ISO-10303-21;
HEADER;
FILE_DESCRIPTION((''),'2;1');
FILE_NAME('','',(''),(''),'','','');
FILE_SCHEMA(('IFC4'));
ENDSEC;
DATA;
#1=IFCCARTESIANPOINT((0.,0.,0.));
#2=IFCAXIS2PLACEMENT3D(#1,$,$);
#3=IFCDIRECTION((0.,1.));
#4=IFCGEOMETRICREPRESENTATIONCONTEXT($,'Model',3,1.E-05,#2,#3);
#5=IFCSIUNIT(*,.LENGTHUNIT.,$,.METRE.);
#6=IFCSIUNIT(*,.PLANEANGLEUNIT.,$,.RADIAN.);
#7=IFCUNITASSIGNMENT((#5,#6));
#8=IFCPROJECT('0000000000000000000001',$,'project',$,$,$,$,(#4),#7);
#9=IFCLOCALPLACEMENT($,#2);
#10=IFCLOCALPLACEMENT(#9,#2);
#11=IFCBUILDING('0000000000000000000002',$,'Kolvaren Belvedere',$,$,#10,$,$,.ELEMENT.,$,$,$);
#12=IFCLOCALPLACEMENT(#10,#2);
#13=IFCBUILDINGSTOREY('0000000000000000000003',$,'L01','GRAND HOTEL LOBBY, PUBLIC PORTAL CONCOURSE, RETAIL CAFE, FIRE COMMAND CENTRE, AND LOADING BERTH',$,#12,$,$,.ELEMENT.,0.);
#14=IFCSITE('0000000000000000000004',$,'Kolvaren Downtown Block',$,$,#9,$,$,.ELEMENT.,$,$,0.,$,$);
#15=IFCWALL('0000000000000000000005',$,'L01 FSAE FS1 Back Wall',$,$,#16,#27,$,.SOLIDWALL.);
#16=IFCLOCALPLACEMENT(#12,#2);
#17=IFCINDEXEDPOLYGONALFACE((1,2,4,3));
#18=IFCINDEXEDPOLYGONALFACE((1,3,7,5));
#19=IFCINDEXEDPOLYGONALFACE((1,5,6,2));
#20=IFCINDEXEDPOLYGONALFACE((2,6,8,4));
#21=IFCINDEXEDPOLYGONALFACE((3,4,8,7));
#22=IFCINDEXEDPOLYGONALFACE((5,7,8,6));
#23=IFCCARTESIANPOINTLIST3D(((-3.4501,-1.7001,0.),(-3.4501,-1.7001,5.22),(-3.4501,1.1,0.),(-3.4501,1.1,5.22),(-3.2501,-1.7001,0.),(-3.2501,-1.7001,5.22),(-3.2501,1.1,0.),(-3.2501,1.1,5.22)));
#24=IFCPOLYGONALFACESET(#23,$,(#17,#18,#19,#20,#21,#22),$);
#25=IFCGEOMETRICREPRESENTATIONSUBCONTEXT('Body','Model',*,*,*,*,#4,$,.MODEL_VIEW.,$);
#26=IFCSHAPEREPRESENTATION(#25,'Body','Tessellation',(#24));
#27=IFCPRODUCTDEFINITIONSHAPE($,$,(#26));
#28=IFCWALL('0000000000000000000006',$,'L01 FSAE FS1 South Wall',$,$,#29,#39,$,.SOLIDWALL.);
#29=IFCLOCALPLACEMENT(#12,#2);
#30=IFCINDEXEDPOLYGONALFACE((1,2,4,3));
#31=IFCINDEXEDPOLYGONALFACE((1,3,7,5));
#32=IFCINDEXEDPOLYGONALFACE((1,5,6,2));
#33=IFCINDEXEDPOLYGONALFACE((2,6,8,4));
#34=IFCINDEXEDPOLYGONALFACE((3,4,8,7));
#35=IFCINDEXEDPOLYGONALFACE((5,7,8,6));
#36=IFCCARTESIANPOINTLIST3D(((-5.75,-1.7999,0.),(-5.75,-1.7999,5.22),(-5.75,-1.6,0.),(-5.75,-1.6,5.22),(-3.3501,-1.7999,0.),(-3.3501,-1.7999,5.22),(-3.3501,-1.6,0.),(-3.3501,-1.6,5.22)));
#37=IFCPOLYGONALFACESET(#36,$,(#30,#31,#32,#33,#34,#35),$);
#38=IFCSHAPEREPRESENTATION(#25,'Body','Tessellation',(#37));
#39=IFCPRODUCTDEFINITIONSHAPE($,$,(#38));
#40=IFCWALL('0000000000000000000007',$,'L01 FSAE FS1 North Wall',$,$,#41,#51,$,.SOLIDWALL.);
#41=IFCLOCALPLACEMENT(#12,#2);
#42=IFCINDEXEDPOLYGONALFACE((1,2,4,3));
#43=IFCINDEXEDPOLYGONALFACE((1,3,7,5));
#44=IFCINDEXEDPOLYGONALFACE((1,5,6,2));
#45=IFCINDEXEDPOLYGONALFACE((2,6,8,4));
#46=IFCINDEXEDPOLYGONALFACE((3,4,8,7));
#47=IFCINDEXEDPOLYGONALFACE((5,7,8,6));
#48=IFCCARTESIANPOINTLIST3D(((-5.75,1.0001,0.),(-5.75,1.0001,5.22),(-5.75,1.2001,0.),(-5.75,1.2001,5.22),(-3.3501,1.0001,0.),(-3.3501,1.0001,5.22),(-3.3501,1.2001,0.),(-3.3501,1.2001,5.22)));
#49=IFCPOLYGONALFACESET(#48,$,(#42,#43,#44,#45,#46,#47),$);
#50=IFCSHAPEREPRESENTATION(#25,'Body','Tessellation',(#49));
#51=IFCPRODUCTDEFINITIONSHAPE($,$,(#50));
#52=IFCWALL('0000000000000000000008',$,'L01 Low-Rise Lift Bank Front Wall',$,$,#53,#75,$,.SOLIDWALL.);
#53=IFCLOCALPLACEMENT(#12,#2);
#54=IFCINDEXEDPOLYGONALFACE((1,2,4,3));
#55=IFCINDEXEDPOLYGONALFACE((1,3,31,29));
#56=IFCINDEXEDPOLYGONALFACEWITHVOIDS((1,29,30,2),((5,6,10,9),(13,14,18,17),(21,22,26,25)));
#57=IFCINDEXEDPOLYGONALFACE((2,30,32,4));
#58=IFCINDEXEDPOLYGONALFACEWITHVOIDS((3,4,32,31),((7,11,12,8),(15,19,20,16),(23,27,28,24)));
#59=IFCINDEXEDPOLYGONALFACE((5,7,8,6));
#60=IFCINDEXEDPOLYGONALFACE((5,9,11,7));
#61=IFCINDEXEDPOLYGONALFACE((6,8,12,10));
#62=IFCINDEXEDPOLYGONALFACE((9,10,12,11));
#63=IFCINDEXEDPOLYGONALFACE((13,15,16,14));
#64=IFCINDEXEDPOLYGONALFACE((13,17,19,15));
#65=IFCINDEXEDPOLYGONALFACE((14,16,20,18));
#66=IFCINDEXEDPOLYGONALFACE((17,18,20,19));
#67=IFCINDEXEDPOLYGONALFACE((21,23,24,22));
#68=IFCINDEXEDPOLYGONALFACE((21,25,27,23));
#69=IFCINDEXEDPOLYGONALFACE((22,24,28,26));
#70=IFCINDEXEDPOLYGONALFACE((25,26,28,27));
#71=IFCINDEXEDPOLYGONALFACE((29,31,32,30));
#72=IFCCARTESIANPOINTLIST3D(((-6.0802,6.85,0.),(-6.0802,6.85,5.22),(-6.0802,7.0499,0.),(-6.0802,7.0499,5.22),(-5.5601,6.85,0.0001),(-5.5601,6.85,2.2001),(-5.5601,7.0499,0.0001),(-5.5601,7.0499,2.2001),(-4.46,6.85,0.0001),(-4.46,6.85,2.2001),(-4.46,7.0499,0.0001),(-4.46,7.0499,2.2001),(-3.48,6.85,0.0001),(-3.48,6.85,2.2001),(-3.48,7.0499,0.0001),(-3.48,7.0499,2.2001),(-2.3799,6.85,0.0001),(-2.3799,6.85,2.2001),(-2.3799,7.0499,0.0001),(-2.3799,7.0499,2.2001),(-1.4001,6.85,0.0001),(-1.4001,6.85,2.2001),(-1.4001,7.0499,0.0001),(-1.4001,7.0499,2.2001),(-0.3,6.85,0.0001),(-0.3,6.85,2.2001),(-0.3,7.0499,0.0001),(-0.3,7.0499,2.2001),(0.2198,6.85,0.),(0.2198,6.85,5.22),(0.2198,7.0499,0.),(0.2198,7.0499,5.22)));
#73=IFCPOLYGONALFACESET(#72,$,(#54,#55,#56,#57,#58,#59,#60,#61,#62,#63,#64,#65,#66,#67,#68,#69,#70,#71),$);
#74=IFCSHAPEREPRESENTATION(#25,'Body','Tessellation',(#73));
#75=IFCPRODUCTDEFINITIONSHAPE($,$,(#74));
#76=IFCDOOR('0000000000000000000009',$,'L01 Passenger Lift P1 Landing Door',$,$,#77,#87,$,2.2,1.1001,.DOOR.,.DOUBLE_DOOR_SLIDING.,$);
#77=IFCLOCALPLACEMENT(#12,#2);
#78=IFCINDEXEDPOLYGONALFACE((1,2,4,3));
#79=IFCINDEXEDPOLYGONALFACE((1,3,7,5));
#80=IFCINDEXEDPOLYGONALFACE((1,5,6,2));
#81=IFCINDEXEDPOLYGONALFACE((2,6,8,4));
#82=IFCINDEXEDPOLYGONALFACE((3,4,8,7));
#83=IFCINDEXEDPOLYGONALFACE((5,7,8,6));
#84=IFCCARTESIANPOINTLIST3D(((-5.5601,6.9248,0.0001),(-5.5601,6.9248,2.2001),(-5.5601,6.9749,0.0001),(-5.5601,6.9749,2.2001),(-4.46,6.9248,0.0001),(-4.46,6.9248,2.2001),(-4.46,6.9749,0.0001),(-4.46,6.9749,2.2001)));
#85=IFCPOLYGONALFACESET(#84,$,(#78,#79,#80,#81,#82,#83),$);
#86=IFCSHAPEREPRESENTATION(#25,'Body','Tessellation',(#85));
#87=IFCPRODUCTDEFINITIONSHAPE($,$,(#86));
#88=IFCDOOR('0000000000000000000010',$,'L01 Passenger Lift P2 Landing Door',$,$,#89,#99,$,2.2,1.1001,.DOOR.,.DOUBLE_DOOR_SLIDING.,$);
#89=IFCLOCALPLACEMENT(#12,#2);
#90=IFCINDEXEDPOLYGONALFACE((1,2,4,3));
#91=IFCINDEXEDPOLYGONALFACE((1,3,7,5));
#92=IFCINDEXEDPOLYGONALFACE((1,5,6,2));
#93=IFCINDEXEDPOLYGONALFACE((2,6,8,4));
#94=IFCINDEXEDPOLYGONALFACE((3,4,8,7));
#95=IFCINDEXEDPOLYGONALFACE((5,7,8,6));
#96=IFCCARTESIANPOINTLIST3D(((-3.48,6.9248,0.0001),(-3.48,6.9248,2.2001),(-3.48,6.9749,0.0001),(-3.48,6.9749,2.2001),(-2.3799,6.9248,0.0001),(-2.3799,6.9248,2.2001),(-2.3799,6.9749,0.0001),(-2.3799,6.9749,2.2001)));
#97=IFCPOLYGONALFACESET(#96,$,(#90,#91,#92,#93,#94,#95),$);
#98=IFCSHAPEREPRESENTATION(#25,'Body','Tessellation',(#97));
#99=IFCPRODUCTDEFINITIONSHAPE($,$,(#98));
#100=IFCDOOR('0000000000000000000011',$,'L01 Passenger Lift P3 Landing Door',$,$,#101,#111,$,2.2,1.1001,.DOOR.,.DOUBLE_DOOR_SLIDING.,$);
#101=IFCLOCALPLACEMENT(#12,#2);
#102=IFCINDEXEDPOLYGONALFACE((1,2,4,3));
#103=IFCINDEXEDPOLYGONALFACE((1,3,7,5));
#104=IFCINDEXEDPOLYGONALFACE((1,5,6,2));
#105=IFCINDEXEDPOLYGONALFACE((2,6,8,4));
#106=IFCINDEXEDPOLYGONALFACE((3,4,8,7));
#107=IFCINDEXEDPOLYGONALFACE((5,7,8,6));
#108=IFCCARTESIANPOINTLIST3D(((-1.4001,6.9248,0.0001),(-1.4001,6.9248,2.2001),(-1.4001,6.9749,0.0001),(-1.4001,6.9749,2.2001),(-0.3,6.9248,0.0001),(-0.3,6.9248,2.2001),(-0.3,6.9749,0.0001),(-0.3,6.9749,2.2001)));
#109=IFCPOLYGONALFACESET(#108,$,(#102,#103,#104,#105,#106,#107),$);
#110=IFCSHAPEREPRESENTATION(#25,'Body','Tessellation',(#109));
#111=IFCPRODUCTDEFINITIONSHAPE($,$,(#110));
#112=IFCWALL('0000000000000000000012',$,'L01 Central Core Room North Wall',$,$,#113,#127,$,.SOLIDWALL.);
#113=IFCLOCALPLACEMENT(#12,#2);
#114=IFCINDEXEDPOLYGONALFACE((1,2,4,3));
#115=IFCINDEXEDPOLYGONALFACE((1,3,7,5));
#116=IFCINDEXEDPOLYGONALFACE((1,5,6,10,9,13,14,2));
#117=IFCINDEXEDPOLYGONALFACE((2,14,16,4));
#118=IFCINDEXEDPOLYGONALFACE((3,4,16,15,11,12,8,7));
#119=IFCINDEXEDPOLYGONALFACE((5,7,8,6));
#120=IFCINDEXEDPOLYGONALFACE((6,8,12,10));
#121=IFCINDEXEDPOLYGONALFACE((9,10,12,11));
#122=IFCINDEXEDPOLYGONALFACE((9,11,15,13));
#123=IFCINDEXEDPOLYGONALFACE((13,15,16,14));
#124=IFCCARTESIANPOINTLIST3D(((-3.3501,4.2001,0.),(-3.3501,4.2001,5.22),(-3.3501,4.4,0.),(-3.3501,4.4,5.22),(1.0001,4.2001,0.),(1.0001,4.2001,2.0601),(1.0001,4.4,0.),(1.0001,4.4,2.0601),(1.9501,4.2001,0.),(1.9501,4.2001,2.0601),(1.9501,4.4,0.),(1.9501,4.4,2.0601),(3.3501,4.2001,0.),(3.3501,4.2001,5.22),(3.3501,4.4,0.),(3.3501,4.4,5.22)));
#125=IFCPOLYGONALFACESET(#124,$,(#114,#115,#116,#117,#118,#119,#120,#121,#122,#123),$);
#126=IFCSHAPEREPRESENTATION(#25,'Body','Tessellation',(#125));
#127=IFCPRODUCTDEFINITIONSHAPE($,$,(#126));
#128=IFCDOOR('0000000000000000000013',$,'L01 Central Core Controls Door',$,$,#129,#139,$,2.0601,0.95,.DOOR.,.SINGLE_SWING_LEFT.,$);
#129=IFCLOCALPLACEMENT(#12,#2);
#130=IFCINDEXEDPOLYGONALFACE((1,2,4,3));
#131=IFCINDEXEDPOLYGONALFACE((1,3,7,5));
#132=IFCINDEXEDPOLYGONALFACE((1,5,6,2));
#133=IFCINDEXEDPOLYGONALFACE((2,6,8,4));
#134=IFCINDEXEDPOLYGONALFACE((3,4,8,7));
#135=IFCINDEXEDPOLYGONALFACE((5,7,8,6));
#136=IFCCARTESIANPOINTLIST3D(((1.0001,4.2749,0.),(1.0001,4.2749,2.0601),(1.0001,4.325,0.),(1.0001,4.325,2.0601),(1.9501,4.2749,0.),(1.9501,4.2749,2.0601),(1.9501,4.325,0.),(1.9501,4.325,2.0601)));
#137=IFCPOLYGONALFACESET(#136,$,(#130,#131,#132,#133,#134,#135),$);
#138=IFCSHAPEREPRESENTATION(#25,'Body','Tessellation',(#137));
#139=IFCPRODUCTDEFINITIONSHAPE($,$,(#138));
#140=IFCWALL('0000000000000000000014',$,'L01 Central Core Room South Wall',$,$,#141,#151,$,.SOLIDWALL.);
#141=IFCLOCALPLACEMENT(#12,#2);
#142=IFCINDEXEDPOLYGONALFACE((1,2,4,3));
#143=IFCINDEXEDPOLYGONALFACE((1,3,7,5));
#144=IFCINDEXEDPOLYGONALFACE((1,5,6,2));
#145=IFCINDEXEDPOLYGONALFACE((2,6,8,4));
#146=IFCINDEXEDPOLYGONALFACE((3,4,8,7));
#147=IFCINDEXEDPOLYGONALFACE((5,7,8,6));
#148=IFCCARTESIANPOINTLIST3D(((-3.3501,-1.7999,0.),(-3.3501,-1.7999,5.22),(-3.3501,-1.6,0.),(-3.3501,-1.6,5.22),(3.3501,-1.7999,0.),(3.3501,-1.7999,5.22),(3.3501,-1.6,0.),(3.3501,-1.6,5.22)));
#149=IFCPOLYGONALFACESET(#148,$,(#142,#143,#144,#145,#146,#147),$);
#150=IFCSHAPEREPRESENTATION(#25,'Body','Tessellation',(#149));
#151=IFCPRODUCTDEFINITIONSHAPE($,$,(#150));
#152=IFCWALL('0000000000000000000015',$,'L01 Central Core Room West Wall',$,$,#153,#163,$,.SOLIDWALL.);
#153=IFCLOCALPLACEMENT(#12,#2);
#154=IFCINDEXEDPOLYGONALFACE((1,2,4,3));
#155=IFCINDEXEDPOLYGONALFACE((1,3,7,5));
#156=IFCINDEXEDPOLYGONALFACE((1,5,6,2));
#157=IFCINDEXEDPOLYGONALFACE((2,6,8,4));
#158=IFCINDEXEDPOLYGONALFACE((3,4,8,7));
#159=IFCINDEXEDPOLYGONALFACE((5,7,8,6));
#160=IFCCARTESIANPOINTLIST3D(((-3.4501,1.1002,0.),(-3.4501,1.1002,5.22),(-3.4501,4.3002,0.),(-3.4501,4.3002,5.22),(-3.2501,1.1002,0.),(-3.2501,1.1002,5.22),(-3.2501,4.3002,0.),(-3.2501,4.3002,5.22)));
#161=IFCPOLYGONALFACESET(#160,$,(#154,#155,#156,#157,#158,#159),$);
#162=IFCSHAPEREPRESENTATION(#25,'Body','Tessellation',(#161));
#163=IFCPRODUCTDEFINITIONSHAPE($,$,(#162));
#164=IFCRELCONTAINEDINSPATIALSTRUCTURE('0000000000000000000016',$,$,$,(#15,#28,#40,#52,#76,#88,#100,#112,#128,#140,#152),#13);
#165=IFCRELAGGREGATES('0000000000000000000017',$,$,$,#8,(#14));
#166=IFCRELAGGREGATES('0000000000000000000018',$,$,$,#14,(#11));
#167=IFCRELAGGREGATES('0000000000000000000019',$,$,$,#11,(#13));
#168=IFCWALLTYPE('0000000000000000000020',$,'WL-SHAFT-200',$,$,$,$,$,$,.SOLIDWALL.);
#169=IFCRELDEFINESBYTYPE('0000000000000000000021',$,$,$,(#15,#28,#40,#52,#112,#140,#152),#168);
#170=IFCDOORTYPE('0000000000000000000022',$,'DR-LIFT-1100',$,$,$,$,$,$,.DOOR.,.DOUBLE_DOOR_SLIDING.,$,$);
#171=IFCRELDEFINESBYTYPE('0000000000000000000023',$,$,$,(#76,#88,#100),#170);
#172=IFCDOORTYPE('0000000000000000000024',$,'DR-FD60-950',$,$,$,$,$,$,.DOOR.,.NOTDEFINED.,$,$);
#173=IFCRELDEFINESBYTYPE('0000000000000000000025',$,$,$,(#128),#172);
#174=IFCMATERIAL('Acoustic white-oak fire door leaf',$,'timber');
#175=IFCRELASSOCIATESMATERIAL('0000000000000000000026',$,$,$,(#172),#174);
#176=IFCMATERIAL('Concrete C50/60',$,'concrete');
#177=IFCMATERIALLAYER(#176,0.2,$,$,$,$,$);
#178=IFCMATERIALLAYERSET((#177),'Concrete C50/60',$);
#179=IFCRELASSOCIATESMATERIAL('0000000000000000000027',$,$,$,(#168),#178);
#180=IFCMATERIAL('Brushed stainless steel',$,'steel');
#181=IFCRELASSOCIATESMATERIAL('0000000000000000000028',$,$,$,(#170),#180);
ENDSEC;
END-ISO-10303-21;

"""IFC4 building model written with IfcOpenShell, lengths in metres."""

from ifc_helpers import new_model, si_unit, direction, frame, frame_2d, origin, place, context, subcontext, project, spatial, rectangle, extrude, material, layer, layer_set, type_object, element, fill, save


model = new_model("IFC4")

# Units and contexts
model_context = context("Model", 3, precision=1e-05, world=origin(), true_north=direction((0.0, 1.0)))
body_context = subcontext(model_context, "Body", "Model", "MODEL_VIEW")
ifc_project = project(units=[si_unit("LENGTHUNIT", "METRE"), si_unit("PLANEANGLEUNIT", "RADIAN")], contexts=[model_context])

# Site, building, storey
site_placement = place(None, origin())
site = spatial("IfcSite", under=ifc_project, at=site_placement, Name="Kolvaren Downtown Block", CompositionType="ELEMENT", RefElevation=0.0)
building_placement = place(site_placement, origin())
building = spatial("IfcBuilding", under=site, at=building_placement, Name="Kolvaren Belvedere", CompositionType="ELEMENT")
storey_placement = place(building_placement, origin())
storey = spatial("IfcBuildingStorey", under=building, at=storey_placement, Name="L01", Description="GRAND HOTEL LOBBY, PUBLIC PORTAL CONCOURSE, RETAIL CAFE, FIRE COMMAND CENTRE, AND LOADING BERTH", CompositionType="ELEMENT", Elevation=0.0)

# Shared definitions
ifc_material_1 = material(Name="Acoustic white-oak fire door leaf", Category="timber")
door_type_1 = type_object("IfcDoorType", Name="DR-FD60-950", OperationType="NOTDEFINED", PredefinedType="DOOR", material=ifc_material_1)
ifc_material_2 = material(Name="Concrete C50/60", Category="concrete")
ifc_layer_1 = layer(ifc_material_2, 0.2)
ifc_layer_set_1 = layer_set([ifc_layer_1], Name="Concrete C50/60")
wall_type_1 = type_object("IfcWallType", Name="WL-SHAFT-200", PredefinedType="SOLIDWALL", material=ifc_layer_set_1)
ifc_material_3 = material(Name="Brushed stainless steel", Category="steel")
door_type_2 = type_object("IfcDoorType", Name="DR-LIFT-1100", OperationType="DOUBLE_DOOR_SLIDING", PredefinedType="DOOR", material=ifc_material_3)

# Walls
wall_1_placement = place(storey_placement, frame((-3.3501, -1.7, 0.0), z_axis=(0.0, 0.0, 1.0), x_axis=(0.0, 1.0, 0.0)))
element("IfcWall", 1, at=wall_1_placement, inside=storey, type_object=wall_type_1, Name="L01 FSAE FS1 Back Wall", PredefinedType="SOLIDWALL", context=body_context, shape_type="SweptSolid", body=[
    extrude(rectangle(XDim=2.8, YDim=0.2, at=frame_2d((1.3999, 0.0))), origin(), (0.0, 0.0, 1.0), 5.22),
])
for number, where, z_axis, x_axis, name in (
    (2, (-5.75, -1.7, 0.0), (0.0, 0.0, 1.0), (1.0, 0.0, 0.0), "L01 FSAE FS1 South Wall"),
    (3, (-5.75, 1.1001, 0.0), (0.0, 0.0, 1.0), (1.0, 0.0, 0.0), "L01 FSAE FS1 North Wall"),
):
    element("IfcWall", number, at=place(storey_placement, frame(where, z_axis=z_axis, x_axis=x_axis)), inside=storey, type_object=wall_type_1, Name=name, PredefinedType="SOLIDWALL", context=body_context, shape_type="SweptSolid", body=[
        extrude(rectangle(XDim=2.3999, YDim=0.2, at=frame_2d((1.2, 0.0))), origin(), (0.0, 0.0, 1.0), 5.22),
    ])

# Wall, openings, doors
wall_2_placement = place(storey_placement, frame((-6.0801, 6.95, 0.0), z_axis=(0.0, 0.0, 1.0), x_axis=(1.0, 0.0, 0.0)))
wall_2 = element("IfcWall", 4, at=wall_2_placement, inside=storey, type_object=wall_type_1, Name="L01 Low-Rise Lift Bank Front Wall", PredefinedType="SOLIDWALL", context=body_context, shape_type="SweptSolid", body=[
    extrude(rectangle(XDim=6.3, YDim=0.2, at=frame_2d((3.1499, 0.0))), origin(), (0.0, 0.0, 1.0), 5.22),
])
opening_1_placement = place(wall_2_placement, frame((0.52, 0.0, 0.0)))
opening_1 = element("IfcOpeningElement", 5, at=opening_1_placement, cuts=wall_2, PredefinedType="OPENING", context=body_context, shape_type="SweptSolid", body=[
    extrude(rectangle(XDim=1.1001, YDim=2.2, at=frame_2d((0.55, 1.1001))), frame((0.0, 0.1099, 0.0), z_axis=(0.0, -1.0, 0.0), x_axis=(1.0, 0.0, 0.0)), (0.0, 0.0, 1.0), 0.22),
])
opening_2_placement = place(wall_2_placement, frame((2.6001, 0.0, 0.0)))
opening_2 = element("IfcOpeningElement", 6, at=opening_2_placement, cuts=wall_2, PredefinedType="OPENING", context=body_context, shape_type="SweptSolid", body=[
    extrude(rectangle(XDim=1.1001, YDim=2.2, at=frame_2d((0.55, 1.1001))), frame((0.0, 0.1099, 0.0), z_axis=(0.0, -1.0, 0.0), x_axis=(1.0, 0.0, 0.0)), (0.0, 0.0, 1.0), 0.22),
])
opening_3_placement = place(wall_2_placement, frame((4.6799, 0.0, 0.0)))
opening_3 = element("IfcOpeningElement", 7, at=opening_3_placement, cuts=wall_2, PredefinedType="OPENING", context=body_context, shape_type="SweptSolid", body=[
    extrude(rectangle(XDim=1.1001, YDim=2.2, at=frame_2d((0.55, 1.1001))), frame((0.0, 0.1099, 0.0), z_axis=(0.0, -1.0, 0.0), x_axis=(1.0, 0.0, 0.0)), (0.0, 0.0, 1.0), 0.22),
])
door_1_placement = place(opening_1_placement, origin())
door_1 = element("IfcDoor", 8, at=door_1_placement, inside=storey, type_object=door_type_2, Name="L01 Passenger Lift P1 Landing Door", OperationType="DOUBLE_DOOR_SLIDING", OverallHeight=2.2, OverallWidth=1.1001, PredefinedType="DOOR", context=body_context, shape_type="SweptSolid", body=[
    extrude(rectangle(XDim=1.1001, YDim=2.2, at=frame_2d((0.55, 1.1001))), frame((0.0, 0.0249, 0.0), z_axis=(0.0, -1.0, 0.0), x_axis=(1.0, 0.0, 0.0)), (0.0, 0.0, 1.0), 0.05),
])
fill(opening_1, door_1)
door_2_placement = place(opening_2_placement, origin())
door_2 = element("IfcDoor", 9, at=door_2_placement, inside=storey, type_object=door_type_2, Name="L01 Passenger Lift P2 Landing Door", OperationType="DOUBLE_DOOR_SLIDING", OverallHeight=2.2, OverallWidth=1.1001, PredefinedType="DOOR", context=body_context, shape_type="SweptSolid", body=[
    extrude(rectangle(XDim=1.1001, YDim=2.2, at=frame_2d((0.55, 1.1001))), frame((0.0, 0.0249, 0.0), z_axis=(0.0, -1.0, 0.0), x_axis=(1.0, 0.0, 0.0)), (0.0, 0.0, 1.0), 0.05),
])
fill(opening_2, door_2)
door_3_placement = place(opening_3_placement, origin())
door_3 = element("IfcDoor", 10, at=door_3_placement, inside=storey, type_object=door_type_2, Name="L01 Passenger Lift P3 Landing Door", OperationType="DOUBLE_DOOR_SLIDING", OverallHeight=2.2, OverallWidth=1.1001, PredefinedType="DOOR", context=body_context, shape_type="SweptSolid", body=[
    extrude(rectangle(XDim=1.1001, YDim=2.2, at=frame_2d((0.55, 1.1001))), frame((0.0, 0.0249, 0.0), z_axis=(0.0, -1.0, 0.0), x_axis=(1.0, 0.0, 0.0)), (0.0, 0.0, 1.0), 0.05),
])
fill(opening_3, door_3)

# Wall, opening, door
wall_3_placement = place(storey_placement, frame((-3.3501, 4.3, 0.0), z_axis=(0.0, 0.0, 1.0), x_axis=(1.0, 0.0, 0.0)))
wall_3 = element("IfcWall", 11, at=wall_3_placement, inside=storey, type_object=wall_type_1, Name="L01 Central Core Room North Wall", PredefinedType="SOLIDWALL", context=body_context, shape_type="SweptSolid", body=[
    extrude(rectangle(XDim=6.7002, YDim=0.2, at=frame_2d((3.3501, 0.0))), origin(), (0.0, 0.0, 1.0), 5.22),
])
opening_4_placement = place(wall_3_placement, frame((4.3501, 0.0, 0.0)))
opening_4 = element("IfcOpeningElement", 12, at=opening_4_placement, cuts=wall_3, PredefinedType="OPENING", context=body_context, shape_type="SweptSolid", body=[
    extrude(rectangle(XDim=0.95, YDim=2.0601, at=frame_2d((0.4751, 1.03))), frame((0.0, 0.1099, 0.0), z_axis=(0.0, -1.0, 0.0), x_axis=(1.0, 0.0, 0.0)), (0.0, 0.0, 1.0), 0.22),
])
door_4_placement = place(opening_4_placement, origin())
door_4 = element("IfcDoor", 13, at=door_4_placement, inside=storey, type_object=door_type_1, Name="L01 Central Core Controls Door", OperationType="SINGLE_SWING_LEFT", OverallHeight=2.0601, OverallWidth=0.95, PredefinedType="DOOR", context=body_context, shape_type="SweptSolid", body=[
    extrude(rectangle(XDim=0.95, YDim=2.0601, at=frame_2d((0.4751, 1.03))), frame((0.0, 0.0249, 0.0), z_axis=(0.0, -1.0, 0.0), x_axis=(1.0, 0.0, 0.0)), (0.0, 0.0, 1.0), 0.05),
])
fill(opening_4, door_4)

# Walls
wall_4_placement = place(storey_placement, frame((-3.3501, -1.7, 0.0), z_axis=(0.0, 0.0, 1.0), x_axis=(1.0, 0.0, 0.0)))
element("IfcWall", 14, at=wall_4_placement, inside=storey, type_object=wall_type_1, Name="L01 Central Core Room South Wall", PredefinedType="SOLIDWALL", context=body_context, shape_type="SweptSolid", body=[
    extrude(rectangle(XDim=6.7002, YDim=0.2, at=frame_2d((3.3501, 0.0))), origin(), (0.0, 0.0, 1.0), 5.22),
])
wall_5_placement = place(storey_placement, frame((-3.3501, 1.1001, 0.0), z_axis=(0.0, 0.0, 1.0), x_axis=(0.0, 1.0, 0.0)))
element("IfcWall", 15, at=wall_5_placement, inside=storey, type_object=wall_type_1, Name="L01 Central Core Room West Wall", PredefinedType="SOLIDWALL", context=body_context, shape_type="SweptSolid", body=[
    extrude(rectangle(XDim=3.2, YDim=0.2, at=frame_2d((1.6001, 0.0))), origin(), (0.0, 0.0, 1.0), 5.22),
])

save(model, "model.ifc")
